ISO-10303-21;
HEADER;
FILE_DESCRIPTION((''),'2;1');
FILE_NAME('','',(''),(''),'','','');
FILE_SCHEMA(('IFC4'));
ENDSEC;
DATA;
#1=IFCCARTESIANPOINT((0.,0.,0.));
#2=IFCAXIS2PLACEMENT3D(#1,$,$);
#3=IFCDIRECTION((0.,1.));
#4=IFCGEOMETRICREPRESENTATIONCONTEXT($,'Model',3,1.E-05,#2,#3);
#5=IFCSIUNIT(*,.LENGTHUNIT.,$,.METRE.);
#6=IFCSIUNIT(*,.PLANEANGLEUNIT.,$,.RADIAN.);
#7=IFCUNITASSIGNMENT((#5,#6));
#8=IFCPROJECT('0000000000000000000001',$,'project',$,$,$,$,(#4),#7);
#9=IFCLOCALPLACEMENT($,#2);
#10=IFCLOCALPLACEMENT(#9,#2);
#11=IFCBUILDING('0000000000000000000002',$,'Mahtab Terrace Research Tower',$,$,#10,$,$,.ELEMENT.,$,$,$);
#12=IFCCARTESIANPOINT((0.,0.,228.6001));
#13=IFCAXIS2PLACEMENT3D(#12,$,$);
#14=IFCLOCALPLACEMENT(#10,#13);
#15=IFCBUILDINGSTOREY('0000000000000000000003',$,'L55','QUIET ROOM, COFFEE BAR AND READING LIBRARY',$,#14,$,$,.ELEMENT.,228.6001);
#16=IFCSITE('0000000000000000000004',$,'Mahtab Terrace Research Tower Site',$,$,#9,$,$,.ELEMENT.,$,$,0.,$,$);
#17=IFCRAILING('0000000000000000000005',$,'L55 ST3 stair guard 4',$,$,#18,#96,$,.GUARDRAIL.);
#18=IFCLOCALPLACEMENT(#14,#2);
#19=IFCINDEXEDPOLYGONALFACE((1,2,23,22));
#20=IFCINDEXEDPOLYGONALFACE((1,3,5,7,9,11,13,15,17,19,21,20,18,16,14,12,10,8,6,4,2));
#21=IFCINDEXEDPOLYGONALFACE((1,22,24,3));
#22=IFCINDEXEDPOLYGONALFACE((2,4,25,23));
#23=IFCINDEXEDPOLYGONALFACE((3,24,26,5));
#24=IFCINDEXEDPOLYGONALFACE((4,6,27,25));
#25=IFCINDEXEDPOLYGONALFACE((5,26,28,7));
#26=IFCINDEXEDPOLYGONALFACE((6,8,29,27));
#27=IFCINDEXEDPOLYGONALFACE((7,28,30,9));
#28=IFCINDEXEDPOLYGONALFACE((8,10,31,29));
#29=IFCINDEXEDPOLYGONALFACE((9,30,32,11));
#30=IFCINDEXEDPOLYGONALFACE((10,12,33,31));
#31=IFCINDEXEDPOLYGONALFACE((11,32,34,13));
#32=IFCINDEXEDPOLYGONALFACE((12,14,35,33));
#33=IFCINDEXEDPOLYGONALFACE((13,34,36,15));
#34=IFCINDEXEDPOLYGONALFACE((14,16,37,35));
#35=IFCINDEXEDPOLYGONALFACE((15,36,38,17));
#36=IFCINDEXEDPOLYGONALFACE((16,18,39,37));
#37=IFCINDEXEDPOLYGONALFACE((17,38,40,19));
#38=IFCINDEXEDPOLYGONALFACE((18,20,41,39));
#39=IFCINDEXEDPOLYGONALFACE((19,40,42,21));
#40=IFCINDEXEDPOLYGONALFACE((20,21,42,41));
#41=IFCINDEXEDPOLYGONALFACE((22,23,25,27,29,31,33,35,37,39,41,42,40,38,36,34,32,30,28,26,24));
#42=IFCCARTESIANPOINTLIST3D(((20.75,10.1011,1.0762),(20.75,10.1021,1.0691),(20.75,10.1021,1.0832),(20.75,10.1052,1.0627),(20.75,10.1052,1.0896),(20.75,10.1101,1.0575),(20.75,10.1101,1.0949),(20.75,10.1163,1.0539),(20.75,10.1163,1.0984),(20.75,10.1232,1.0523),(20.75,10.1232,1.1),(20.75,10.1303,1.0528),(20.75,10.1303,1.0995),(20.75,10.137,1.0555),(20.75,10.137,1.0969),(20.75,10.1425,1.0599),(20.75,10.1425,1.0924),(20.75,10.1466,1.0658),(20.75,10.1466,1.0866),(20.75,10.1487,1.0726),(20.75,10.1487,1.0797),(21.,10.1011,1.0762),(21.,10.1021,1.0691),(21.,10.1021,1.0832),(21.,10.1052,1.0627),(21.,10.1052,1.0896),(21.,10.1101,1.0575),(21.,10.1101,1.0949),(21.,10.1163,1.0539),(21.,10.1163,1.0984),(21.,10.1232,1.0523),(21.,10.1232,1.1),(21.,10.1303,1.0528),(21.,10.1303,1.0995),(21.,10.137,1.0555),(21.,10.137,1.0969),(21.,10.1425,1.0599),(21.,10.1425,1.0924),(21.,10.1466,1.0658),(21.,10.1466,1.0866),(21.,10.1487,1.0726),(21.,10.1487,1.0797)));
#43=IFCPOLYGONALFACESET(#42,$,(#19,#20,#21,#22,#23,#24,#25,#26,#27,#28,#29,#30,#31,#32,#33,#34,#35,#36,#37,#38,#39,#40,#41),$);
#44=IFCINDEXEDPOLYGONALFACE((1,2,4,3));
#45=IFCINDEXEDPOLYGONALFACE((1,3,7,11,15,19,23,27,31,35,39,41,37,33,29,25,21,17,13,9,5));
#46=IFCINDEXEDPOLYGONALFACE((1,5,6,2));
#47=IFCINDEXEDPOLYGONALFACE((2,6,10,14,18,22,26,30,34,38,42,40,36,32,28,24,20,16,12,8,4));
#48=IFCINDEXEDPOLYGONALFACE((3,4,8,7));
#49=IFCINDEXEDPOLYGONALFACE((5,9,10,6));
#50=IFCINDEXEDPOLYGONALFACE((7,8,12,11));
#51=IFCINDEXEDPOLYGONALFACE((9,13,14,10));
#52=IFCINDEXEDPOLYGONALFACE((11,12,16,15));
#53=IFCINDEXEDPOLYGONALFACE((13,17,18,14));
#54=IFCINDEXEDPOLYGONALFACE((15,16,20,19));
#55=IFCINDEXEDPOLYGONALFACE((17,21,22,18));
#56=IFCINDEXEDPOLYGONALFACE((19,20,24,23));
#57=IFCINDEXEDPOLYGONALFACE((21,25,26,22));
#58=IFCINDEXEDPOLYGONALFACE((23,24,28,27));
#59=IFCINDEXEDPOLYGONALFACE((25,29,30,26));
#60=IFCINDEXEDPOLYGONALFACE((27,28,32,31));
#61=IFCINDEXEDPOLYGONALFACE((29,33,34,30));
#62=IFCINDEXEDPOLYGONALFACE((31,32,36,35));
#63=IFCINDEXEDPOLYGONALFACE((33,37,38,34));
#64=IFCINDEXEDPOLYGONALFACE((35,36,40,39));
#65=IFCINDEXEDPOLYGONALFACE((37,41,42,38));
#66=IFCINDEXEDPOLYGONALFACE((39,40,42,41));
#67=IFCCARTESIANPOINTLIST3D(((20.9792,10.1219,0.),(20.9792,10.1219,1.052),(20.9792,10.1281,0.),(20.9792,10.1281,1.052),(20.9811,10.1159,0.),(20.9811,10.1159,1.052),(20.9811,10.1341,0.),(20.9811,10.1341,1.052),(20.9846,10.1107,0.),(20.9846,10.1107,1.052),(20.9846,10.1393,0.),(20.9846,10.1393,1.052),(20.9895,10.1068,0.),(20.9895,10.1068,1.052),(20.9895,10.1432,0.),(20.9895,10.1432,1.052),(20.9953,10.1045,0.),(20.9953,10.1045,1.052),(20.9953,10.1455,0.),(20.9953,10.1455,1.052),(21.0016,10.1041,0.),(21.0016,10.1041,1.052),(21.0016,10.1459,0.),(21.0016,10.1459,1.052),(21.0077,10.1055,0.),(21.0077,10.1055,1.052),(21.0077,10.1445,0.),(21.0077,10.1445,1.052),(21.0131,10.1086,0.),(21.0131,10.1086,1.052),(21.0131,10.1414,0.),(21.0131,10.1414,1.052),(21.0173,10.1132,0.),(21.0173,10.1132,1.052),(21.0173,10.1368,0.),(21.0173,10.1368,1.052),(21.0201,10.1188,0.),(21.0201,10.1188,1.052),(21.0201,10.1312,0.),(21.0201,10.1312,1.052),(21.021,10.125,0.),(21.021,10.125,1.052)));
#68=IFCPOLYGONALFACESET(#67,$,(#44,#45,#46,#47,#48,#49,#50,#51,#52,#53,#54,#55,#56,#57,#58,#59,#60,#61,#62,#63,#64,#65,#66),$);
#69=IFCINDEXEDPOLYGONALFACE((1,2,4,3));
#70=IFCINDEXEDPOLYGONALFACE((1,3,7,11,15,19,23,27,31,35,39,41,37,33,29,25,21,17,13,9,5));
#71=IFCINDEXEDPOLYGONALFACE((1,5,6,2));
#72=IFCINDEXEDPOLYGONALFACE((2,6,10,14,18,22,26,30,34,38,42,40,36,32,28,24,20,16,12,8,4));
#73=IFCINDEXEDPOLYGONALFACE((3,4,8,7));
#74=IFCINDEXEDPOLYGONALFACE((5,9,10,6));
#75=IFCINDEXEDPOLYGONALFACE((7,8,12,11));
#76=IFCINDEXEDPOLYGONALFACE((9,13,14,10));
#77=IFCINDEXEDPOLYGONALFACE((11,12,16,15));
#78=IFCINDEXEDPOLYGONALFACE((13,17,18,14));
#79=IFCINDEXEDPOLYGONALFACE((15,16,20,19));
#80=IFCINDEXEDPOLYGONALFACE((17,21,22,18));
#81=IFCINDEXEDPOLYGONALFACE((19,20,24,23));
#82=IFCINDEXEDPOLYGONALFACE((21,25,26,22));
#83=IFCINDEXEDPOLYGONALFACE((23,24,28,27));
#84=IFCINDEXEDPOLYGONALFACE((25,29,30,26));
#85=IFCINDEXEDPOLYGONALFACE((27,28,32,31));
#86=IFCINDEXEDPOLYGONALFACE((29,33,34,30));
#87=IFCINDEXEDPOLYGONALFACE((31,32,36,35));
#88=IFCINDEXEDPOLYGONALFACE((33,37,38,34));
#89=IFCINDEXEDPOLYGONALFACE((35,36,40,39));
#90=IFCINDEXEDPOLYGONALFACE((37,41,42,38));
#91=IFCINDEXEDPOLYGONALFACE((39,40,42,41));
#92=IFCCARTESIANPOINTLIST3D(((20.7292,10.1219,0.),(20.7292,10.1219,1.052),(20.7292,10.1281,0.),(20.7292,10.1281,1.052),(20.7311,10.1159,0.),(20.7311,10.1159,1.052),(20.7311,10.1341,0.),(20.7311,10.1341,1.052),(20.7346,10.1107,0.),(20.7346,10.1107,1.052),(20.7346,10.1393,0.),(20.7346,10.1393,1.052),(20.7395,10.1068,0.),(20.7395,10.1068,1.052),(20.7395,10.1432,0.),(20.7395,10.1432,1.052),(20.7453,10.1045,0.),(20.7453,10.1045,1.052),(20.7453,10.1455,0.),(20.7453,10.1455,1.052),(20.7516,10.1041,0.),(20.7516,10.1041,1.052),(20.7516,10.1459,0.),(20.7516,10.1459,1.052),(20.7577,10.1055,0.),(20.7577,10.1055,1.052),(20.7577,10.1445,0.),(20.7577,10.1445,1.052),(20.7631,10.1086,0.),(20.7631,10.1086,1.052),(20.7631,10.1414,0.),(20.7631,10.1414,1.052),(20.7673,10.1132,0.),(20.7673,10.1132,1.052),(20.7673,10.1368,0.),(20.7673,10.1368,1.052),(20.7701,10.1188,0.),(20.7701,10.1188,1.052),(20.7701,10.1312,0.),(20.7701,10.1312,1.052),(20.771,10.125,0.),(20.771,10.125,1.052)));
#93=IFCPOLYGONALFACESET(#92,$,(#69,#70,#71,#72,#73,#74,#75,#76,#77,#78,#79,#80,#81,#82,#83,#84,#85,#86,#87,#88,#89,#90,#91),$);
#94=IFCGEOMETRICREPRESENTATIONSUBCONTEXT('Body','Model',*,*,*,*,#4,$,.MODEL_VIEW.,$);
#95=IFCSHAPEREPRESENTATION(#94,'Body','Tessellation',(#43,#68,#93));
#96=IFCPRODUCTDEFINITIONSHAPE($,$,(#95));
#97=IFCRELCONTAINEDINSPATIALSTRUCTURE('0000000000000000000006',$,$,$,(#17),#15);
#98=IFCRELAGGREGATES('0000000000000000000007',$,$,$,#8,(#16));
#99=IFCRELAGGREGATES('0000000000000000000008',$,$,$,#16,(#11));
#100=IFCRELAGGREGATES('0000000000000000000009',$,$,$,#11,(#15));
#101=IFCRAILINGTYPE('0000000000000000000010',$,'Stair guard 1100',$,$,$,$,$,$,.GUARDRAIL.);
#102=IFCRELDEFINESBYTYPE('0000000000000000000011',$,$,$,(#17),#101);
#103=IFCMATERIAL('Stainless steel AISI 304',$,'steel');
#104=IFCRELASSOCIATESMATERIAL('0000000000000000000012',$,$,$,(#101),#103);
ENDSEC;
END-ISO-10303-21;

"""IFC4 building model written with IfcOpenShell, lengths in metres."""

from ifc_helpers import new_model, si_unit, direction, frame, origin, origin_2d, place, context, subcontext, project, spatial, circle, extrude, material, type_object, element, save


model = new_model("IFC4")

# Units and contexts
model_context = context("Model", 3, precision=1e-05, world=origin(), true_north=direction((0.0, 1.0)))
body_context = subcontext(model_context, "Body", "Model", "MODEL_VIEW")
ifc_project = project(units=[si_unit("LENGTHUNIT", "METRE"), si_unit("PLANEANGLEUNIT", "RADIAN")], contexts=[model_context])

# Site, building, storey
site_placement = place(None, origin())
site = spatial("IfcSite", under=ifc_project, at=site_placement, Name="Mahtab Terrace Research Tower Site", CompositionType="ELEMENT", RefElevation=0.0)
building_placement = place(site_placement, origin())
building = spatial("IfcBuilding", under=site, at=building_placement, Name="Mahtab Terrace Research Tower", CompositionType="ELEMENT")
storey_placement = place(building_placement, frame((0.0, 0.0, 228.6001)))
storey = spatial("IfcBuildingStorey", under=building, at=storey_placement, Name="L55", Description="QUIET ROOM, COFFEE BAR AND READING LIBRARY", CompositionType="ELEMENT", Elevation=228.6001)

# Shared definitions
ifc_material_1 = material(Name="Stainless steel AISI 304", Category="steel")

# Railing
railing_type_1 = type_object("IfcRailingType", Name="Stair guard 1100", PredefinedType="GUARDRAIL", material=ifc_material_1)
railing_1_placement = place(storey_placement, frame((21.0, 10.125, 0.0)))
element("IfcRailing", 1, at=railing_1_placement, inside=storey, type_object=railing_type_1, Name="L55 ST3 stair guard 4", PredefinedType="GUARDRAIL", context=body_context, shape_type="SweptSolid", body=[
    extrude(circle(Radius=0.0239, at=origin_2d()), frame((0.0, 0.0, 1.0762), z_axis=(-1.0, 0.0, 0.0), x_axis=(0.0, -1.0, 0.0)), (0.0, 0.0, 1.0), 0.25),
    extrude(circle(Radius=0.021, at=origin_2d()), origin(), (0.0, 0.0, 1.0), 1.052),
    extrude(circle(Radius=0.021, at=origin_2d()), frame((-0.25, 0.0, 0.0)), (0.0, 0.0, 1.0), 1.052),
])

save(model, "model.ifc")
